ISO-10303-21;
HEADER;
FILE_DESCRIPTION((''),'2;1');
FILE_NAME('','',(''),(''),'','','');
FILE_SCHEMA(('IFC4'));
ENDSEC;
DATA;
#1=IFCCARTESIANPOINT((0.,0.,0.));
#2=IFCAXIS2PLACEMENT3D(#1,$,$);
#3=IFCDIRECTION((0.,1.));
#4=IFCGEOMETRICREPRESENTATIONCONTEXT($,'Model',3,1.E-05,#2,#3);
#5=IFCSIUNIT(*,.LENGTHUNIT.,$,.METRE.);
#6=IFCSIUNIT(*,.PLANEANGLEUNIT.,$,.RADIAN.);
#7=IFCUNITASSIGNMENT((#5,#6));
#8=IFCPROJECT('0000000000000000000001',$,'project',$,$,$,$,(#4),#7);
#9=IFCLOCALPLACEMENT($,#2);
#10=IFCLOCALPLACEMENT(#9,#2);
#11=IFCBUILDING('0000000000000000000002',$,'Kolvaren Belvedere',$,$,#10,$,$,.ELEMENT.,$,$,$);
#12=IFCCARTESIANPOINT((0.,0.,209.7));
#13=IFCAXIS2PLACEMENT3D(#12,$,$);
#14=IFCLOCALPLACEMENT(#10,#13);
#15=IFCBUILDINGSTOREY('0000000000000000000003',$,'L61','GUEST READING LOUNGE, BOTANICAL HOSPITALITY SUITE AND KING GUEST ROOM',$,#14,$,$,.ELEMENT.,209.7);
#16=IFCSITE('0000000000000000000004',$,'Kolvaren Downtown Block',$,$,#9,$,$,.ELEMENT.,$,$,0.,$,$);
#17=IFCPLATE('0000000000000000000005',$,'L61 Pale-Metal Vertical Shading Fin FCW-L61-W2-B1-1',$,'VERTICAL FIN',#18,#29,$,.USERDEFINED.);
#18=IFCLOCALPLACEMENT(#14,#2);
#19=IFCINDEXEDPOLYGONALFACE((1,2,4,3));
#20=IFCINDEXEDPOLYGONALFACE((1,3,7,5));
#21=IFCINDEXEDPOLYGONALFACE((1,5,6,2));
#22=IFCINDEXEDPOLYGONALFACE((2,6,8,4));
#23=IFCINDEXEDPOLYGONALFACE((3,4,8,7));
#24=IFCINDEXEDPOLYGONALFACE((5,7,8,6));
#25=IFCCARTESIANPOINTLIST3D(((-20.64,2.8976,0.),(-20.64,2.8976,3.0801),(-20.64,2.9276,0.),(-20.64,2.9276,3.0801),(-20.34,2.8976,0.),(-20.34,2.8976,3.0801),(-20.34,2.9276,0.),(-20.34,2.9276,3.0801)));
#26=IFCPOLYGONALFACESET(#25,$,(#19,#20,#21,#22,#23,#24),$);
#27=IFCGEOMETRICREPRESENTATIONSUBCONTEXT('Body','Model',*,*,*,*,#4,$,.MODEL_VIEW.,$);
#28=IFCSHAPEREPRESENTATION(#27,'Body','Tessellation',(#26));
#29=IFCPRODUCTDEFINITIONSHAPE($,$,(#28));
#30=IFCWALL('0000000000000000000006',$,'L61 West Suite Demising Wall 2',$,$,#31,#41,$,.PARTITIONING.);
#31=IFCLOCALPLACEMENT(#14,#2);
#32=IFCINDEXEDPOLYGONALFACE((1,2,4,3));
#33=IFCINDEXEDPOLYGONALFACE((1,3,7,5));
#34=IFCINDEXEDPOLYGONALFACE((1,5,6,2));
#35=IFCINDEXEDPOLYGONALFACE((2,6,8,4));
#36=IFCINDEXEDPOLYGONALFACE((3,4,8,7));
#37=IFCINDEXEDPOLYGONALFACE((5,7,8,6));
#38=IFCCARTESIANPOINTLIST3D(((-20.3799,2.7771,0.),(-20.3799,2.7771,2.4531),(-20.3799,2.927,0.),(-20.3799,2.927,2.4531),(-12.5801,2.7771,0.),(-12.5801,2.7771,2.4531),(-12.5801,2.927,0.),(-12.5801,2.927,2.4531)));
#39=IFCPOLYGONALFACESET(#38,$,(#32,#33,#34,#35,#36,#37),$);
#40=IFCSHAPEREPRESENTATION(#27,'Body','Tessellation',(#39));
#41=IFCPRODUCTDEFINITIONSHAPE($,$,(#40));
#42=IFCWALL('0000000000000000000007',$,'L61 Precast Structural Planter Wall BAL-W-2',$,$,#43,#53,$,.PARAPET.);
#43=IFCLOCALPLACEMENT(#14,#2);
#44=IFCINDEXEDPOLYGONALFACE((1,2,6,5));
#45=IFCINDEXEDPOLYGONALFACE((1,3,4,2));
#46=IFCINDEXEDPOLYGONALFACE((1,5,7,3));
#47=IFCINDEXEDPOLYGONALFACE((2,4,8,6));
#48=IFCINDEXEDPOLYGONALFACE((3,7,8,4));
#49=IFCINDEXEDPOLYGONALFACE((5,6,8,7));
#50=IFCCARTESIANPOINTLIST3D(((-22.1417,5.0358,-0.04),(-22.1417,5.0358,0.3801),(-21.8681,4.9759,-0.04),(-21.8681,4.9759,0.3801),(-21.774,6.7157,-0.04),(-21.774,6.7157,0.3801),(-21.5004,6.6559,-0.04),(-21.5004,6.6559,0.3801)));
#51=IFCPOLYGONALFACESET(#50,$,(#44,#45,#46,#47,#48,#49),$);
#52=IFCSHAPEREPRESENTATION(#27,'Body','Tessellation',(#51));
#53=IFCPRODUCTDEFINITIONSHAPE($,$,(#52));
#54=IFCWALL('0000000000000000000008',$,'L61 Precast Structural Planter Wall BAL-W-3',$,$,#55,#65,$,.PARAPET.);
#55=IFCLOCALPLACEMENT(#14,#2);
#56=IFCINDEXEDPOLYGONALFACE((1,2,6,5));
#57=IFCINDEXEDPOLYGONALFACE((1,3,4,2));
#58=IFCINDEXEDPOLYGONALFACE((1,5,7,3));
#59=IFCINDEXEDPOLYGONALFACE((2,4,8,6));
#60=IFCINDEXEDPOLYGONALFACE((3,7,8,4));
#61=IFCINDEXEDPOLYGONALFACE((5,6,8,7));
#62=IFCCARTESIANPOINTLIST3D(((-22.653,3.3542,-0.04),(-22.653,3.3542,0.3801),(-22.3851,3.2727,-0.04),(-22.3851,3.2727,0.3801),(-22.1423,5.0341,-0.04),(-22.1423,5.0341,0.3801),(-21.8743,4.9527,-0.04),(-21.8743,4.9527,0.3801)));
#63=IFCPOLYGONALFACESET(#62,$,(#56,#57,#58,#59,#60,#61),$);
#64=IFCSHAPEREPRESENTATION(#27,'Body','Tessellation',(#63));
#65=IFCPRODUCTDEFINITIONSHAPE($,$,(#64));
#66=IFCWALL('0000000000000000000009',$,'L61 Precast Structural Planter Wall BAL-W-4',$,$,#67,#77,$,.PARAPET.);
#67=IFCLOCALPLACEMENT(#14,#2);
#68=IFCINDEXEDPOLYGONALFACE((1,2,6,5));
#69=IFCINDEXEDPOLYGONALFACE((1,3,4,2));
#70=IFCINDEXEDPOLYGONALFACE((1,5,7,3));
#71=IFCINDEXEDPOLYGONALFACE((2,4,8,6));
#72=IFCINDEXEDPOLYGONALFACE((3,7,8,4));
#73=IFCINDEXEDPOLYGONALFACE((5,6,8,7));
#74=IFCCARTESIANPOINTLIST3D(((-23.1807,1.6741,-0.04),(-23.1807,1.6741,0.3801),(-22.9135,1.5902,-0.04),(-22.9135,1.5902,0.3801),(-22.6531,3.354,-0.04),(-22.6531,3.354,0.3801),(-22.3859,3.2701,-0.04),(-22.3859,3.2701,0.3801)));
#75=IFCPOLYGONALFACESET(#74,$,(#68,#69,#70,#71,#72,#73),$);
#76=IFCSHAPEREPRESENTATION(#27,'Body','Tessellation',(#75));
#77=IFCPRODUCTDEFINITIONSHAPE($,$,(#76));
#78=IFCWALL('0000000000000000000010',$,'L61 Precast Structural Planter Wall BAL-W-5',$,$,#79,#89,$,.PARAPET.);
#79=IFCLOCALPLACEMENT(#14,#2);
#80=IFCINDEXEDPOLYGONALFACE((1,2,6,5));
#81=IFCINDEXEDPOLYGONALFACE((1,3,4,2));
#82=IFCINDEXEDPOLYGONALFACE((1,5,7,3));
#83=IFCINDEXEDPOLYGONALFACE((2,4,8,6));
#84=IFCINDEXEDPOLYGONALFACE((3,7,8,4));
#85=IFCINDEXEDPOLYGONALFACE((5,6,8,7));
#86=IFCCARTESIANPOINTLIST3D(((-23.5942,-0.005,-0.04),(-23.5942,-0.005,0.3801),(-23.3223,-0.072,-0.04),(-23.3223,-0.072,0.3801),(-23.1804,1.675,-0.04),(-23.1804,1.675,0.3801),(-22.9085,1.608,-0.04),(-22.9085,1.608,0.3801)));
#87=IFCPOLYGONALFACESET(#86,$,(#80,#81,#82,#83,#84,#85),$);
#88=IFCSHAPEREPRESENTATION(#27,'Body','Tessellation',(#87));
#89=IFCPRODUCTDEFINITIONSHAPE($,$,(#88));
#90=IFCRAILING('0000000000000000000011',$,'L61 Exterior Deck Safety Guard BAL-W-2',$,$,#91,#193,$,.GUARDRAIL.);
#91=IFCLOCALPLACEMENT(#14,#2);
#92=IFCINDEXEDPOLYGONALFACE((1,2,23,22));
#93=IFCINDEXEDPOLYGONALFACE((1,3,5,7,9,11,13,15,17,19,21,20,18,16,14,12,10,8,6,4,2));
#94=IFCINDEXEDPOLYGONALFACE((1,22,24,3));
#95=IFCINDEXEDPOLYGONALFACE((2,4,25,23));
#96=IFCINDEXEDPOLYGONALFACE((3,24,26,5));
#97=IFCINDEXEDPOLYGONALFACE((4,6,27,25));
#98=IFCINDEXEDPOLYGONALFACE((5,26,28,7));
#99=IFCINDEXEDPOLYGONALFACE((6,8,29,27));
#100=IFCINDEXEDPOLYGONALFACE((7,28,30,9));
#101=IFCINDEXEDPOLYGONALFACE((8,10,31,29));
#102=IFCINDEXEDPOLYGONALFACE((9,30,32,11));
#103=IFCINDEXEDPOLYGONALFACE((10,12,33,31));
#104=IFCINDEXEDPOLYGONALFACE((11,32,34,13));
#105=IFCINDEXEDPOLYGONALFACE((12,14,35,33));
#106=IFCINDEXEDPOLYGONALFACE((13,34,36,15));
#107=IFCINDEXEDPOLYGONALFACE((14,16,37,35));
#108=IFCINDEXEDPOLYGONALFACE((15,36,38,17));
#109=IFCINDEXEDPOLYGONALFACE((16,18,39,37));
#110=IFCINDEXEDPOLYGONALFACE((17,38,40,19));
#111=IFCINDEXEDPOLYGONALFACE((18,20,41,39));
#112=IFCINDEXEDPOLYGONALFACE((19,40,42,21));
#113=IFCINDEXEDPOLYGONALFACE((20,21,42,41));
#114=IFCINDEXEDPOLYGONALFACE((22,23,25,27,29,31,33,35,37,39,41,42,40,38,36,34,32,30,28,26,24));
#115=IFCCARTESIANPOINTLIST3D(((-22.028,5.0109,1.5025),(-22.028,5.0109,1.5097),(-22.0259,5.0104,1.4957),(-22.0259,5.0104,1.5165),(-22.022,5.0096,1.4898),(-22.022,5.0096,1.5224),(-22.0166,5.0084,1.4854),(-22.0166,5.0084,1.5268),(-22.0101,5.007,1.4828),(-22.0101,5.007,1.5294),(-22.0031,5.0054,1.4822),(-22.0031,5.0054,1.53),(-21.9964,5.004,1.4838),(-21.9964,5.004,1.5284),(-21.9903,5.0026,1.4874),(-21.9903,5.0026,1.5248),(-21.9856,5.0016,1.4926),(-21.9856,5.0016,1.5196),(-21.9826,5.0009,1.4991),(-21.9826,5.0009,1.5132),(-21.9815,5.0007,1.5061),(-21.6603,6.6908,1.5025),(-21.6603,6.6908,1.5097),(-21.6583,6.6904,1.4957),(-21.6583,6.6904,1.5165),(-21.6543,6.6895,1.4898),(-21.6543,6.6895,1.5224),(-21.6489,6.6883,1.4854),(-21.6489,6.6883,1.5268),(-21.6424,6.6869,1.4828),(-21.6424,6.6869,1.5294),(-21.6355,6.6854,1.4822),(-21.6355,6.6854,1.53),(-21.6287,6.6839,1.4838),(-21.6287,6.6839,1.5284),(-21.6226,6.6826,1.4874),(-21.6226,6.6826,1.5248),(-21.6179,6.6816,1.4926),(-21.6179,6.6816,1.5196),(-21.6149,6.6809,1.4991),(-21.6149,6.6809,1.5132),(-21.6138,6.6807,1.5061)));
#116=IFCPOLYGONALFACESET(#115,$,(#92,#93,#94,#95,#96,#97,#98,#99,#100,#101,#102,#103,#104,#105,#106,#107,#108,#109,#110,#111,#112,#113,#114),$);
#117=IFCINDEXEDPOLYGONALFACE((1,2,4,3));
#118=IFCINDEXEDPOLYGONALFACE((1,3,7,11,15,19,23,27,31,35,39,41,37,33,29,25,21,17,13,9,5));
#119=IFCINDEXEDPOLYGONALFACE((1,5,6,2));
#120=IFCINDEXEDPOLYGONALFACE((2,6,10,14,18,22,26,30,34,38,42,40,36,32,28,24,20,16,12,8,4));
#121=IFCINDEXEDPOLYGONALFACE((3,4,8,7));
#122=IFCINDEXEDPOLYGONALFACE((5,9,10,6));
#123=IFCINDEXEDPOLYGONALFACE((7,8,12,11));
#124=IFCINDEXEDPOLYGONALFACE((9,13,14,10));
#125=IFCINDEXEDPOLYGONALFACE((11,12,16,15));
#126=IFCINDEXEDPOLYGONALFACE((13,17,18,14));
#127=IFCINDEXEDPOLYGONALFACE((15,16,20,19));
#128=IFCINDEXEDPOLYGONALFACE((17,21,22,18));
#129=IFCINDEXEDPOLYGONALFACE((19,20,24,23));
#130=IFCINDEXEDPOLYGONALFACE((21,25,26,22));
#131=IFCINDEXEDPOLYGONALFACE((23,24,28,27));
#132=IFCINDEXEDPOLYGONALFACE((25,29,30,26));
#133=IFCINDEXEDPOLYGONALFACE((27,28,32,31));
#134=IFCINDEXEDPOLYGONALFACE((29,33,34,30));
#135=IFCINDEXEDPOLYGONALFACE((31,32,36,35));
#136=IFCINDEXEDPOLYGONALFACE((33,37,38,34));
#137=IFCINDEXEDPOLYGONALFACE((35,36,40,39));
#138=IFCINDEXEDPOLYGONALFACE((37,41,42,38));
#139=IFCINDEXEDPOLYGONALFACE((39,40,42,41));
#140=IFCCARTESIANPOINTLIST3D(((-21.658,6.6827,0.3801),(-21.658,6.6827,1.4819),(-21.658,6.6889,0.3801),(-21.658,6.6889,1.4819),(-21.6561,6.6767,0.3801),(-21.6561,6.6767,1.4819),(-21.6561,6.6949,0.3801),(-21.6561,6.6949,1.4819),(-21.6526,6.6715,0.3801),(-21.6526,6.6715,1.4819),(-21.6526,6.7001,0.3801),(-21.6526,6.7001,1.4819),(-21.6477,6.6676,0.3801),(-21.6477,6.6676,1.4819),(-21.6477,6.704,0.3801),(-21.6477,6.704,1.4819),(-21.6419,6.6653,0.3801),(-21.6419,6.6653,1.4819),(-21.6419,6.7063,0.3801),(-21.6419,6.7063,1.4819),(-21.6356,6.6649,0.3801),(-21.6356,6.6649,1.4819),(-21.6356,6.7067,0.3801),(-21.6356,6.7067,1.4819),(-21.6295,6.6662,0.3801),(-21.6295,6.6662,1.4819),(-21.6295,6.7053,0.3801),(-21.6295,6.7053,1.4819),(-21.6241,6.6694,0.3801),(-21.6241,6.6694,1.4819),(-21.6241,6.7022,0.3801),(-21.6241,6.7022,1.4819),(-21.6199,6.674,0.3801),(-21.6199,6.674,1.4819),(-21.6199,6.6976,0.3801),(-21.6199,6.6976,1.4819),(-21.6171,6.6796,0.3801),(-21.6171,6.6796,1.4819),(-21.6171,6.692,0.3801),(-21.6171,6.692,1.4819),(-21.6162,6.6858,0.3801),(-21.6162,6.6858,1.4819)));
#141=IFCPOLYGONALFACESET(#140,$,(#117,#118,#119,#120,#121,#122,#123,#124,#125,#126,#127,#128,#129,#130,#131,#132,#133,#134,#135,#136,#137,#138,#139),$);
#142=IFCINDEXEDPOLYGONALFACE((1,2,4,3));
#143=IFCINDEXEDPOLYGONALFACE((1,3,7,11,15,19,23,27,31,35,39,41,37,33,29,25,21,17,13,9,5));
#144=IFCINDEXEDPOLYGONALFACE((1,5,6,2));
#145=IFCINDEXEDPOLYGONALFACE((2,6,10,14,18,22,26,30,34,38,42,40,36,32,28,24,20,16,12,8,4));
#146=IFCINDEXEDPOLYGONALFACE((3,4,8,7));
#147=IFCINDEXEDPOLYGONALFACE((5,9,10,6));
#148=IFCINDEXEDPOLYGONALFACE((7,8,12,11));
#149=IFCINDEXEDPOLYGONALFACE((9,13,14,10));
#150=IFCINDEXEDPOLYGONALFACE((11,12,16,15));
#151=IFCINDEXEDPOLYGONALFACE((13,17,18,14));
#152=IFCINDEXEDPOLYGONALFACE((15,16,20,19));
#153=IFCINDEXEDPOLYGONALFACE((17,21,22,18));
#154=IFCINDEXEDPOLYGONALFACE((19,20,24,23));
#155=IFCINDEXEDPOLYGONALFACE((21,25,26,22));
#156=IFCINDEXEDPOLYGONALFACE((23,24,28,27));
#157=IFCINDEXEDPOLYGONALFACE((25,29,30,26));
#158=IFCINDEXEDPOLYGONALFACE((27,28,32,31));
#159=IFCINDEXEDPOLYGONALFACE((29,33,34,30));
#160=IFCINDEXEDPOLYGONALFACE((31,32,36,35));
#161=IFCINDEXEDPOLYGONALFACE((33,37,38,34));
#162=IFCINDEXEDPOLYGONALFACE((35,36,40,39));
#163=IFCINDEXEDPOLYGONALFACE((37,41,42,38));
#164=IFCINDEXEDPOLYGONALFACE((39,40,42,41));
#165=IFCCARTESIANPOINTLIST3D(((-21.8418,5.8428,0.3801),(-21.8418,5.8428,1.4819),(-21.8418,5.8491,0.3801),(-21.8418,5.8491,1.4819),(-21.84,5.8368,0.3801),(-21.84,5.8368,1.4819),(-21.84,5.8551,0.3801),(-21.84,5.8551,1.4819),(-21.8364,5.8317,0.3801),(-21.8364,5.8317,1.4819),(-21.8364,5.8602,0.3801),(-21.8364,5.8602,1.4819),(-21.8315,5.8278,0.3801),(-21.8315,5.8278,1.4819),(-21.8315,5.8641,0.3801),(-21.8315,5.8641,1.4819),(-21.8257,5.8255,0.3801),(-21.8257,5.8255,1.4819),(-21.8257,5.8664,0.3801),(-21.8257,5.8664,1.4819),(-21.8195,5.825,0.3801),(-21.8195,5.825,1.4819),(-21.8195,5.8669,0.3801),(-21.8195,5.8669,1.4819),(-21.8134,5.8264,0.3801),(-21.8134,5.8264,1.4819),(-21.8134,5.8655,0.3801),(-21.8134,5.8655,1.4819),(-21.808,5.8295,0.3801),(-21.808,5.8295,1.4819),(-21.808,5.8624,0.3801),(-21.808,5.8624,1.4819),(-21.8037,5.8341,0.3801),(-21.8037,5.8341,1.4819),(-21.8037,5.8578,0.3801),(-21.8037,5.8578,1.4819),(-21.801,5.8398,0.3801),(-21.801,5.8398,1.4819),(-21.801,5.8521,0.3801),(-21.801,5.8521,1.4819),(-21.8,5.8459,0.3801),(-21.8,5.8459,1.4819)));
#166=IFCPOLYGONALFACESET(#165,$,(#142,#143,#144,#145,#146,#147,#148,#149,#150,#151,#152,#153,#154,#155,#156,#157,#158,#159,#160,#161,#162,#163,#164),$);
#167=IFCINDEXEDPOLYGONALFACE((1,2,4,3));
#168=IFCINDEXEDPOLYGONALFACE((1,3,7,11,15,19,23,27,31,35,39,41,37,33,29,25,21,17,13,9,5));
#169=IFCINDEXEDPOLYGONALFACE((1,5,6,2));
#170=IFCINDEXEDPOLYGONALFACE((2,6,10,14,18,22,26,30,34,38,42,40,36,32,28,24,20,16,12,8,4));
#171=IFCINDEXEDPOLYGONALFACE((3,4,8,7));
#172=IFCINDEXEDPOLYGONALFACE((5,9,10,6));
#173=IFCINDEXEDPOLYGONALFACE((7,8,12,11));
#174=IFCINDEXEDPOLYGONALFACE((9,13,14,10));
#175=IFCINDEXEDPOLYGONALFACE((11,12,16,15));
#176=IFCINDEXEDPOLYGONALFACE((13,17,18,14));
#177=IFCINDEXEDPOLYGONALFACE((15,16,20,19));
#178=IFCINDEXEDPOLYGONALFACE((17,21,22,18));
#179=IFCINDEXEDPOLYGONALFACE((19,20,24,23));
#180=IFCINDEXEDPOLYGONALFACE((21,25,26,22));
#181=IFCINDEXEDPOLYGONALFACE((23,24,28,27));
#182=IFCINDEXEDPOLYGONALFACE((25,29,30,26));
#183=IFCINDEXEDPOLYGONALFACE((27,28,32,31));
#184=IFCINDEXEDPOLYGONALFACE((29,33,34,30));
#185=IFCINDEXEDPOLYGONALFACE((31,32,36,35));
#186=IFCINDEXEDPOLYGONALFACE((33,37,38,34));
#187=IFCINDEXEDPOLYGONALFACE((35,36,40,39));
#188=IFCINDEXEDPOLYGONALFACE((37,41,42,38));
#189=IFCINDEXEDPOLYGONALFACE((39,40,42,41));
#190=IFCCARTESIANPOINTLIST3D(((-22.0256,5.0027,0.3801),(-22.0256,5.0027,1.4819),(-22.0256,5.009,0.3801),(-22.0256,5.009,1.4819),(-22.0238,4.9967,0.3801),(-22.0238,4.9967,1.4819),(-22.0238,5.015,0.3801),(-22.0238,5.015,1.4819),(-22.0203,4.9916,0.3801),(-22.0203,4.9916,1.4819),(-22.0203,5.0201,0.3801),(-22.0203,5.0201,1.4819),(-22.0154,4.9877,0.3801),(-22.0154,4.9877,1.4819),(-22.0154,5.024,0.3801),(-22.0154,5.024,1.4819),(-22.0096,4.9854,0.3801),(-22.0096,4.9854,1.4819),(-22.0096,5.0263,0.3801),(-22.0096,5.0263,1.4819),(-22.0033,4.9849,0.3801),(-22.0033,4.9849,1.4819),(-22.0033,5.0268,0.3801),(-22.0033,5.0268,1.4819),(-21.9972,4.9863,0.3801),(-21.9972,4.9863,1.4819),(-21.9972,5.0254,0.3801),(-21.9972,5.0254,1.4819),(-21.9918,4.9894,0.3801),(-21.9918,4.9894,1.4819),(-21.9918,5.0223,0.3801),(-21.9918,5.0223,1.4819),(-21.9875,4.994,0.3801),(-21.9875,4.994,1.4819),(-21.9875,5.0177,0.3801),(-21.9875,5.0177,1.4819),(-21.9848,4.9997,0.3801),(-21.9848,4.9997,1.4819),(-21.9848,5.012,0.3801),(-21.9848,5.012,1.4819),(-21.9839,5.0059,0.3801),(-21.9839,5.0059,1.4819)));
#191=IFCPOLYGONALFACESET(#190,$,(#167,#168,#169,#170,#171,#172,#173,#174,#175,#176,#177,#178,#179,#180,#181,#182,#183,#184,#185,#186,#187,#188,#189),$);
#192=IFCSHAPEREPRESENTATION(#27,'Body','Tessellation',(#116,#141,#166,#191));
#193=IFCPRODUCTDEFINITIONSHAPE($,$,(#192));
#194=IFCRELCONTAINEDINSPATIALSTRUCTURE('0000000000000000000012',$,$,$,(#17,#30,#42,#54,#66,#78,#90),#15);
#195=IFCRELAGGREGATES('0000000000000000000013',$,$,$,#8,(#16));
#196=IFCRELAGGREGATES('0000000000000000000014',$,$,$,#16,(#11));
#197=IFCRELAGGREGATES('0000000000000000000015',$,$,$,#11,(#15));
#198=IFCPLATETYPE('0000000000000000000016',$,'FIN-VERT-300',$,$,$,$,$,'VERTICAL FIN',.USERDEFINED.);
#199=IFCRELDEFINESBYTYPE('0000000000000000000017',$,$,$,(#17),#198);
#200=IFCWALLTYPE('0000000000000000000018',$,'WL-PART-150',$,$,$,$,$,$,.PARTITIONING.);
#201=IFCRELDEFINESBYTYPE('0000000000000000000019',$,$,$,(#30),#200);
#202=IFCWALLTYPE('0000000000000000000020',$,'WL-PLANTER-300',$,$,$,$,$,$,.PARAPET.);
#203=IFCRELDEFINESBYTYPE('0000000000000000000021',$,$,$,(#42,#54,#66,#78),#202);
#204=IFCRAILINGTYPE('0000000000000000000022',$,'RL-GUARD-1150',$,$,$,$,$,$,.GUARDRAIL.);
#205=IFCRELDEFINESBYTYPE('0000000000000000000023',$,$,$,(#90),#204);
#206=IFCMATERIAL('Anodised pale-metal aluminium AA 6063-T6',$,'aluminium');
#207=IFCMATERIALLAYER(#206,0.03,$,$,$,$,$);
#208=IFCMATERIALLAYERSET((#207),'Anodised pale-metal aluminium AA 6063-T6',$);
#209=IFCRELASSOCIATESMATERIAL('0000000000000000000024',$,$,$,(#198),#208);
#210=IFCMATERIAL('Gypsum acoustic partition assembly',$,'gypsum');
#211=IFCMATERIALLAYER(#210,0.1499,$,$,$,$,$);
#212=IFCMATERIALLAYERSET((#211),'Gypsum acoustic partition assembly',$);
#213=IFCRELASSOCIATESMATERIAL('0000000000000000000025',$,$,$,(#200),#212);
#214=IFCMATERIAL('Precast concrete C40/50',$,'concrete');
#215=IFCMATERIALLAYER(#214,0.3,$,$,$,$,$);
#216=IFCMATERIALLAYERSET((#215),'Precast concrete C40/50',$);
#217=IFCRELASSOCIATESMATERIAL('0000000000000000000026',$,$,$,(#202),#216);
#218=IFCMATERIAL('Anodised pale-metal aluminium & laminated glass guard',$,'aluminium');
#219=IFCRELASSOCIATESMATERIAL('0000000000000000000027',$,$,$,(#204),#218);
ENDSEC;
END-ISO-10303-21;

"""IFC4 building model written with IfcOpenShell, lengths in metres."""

from ifc_helpers import new_model, si_unit, direction, frame, frame_2d, origin, origin_2d, place, context, subcontext, project, spatial, rectangle, circle, extrude, material, layer, layer_set, type_object, element, save


model = new_model("IFC4")

# Units and contexts
model_context = context("Model", 3, precision=1e-05, world=origin(), true_north=direction((0.0, 1.0)))
body_context = subcontext(model_context, "Body", "Model", "MODEL_VIEW")
ifc_project = project(units=[si_unit("LENGTHUNIT", "METRE"), si_unit("PLANEANGLEUNIT", "RADIAN")], contexts=[model_context])

# Site, building, storey
site_placement = place(None, origin())
site = spatial("IfcSite", under=ifc_project, at=site_placement, Name="Kolvaren Downtown Block", CompositionType="ELEMENT", RefElevation=0.0)
building_placement = place(site_placement, origin())
building = spatial("IfcBuilding", under=site, at=building_placement, Name="Kolvaren Belvedere", CompositionType="ELEMENT")
storey_placement = place(building_placement, frame((0.0, 0.0, 209.7)))
storey = spatial("IfcBuildingStorey", under=building, at=storey_placement, Name="L61", Description="GUEST READING LOUNGE, BOTANICAL HOSPITALITY SUITE AND KING GUEST ROOM", CompositionType="ELEMENT", Elevation=209.7)

# Plate
ifc_material_1 = material(Name="Anodised pale-metal aluminium AA 6063-T6", Category="aluminium")
ifc_layer_1 = layer(ifc_material_1, 0.03)
ifc_layer_set_1 = layer_set([ifc_layer_1], Name="Anodised pale-metal aluminium AA 6063-T6")
plate_type_1 = type_object("IfcPlateType", Name="FIN-VERT-300", ElementType="VERTICAL FIN", PredefinedType="USERDEFINED", material=ifc_layer_set_1)
plate_1_placement = place(storey_placement, frame((-20.49, 2.9126, 0.0), z_axis=(0.0, 0.0, 1.0), x_axis=(1.0, 0.0, 0.0)))
element("IfcPlate", 1, at=plate_1_placement, inside=storey, type_object=plate_type_1, Name="L61 Pale-Metal Vertical Shading Fin FCW-L61-W2-B1-1", ObjectType="VERTICAL FIN", PredefinedType="USERDEFINED", context=body_context, shape_type="SweptSolid", body=[
    extrude(rectangle(XDim=0.3, YDim=0.03, at=origin_2d()), origin(), (0.0, 0.0, 1.0), 3.0801),
])

# Walls
ifc_material_2 = material(Name="Gypsum acoustic partition assembly", Category="gypsum")
ifc_layer_2 = layer(ifc_material_2, 0.1499)
ifc_layer_set_2 = layer_set([ifc_layer_2], Name="Gypsum acoustic partition assembly")
wall_type_1 = type_object("IfcWallType", Name="WL-PART-150", PredefinedType="PARTITIONING", material=ifc_layer_set_2)
wall_1_placement = place(storey_placement, frame((-20.3799, 2.8521, 0.0), z_axis=(0.0, 0.0, 1.0), x_axis=(1.0, 0.0, 0.0)))
element("IfcWall", 2, at=wall_1_placement, inside=storey, type_object=wall_type_1, Name="L61 West Suite Demising Wall 2", PredefinedType="PARTITIONING", context=body_context, shape_type="SweptSolid", body=[
    extrude(rectangle(XDim=7.7998, YDim=0.1499, at=frame_2d((3.8999, 0.0))), origin(), (0.0, 0.0, 1.0), 2.4531),
])
ifc_material_3 = material(Name="Precast concrete C40/50", Category="concrete")
ifc_layer_3 = layer(ifc_material_3, 0.3)
ifc_layer_set_3 = layer_set([ifc_layer_3], Name="Precast concrete C40/50")
wall_type_2 = type_object("IfcWallType", Name="WL-PLANTER-300", PredefinedType="PARAPET", material=ifc_layer_set_3)
wall_2_placement = place(storey_placement, frame((-21.6372, 6.6858, -0.04), z_axis=(0.0, 0.0, 1.0), x_axis=(-0.213803, -0.976877, 0.0)))
element("IfcWall", 3, at=wall_2_placement, inside=storey, type_object=wall_type_2, Name="L61 Precast Structural Planter Wall BAL-W-2", PredefinedType="PARAPET", context=body_context, shape_type="SweptSolid", body=[
    extrude(rectangle(XDim=1.7197, YDim=0.28, at=frame_2d((0.8599, 0.0))), origin(), (0.0, 0.0, 1.0), 0.4202),
])
wall_3_placement = place(storey_placement, frame((-22.0083, 4.9934, -0.04), z_axis=(0.0, 0.0, 1.0), x_axis=(-0.290879, -0.95676, 0.0)))
element("IfcWall", 4, at=wall_3_placement, inside=storey, type_object=wall_type_2, Name="L61 Precast Structural Planter Wall BAL-W-3", PredefinedType="PARAPET", context=body_context, shape_type="SweptSolid", body=[
    extrude(rectangle(XDim=1.7559, YDim=0.28, at=frame_2d((0.8779, 0.0))), origin(), (0.0, 0.0, 1.0), 0.4202),
])
wall_4_placement = place(storey_placement, frame((-22.5195, 3.312, -0.04), z_axis=(0.0, 0.0, 1.0), x_axis=(-0.299625, -0.954057, 0.0)))
element("IfcWall", 5, at=wall_4_placement, inside=storey, type_object=wall_type_2, Name="L61 Precast Structural Planter Wall BAL-W-4", PredefinedType="PARAPET", context=body_context, shape_type="SweptSolid", body=[
    extrude(rectangle(XDim=1.7607, YDim=0.28, at=frame_2d((0.8804, 0.0))), origin(), (0.0, 0.0, 1.0), 0.4202),
])
wall_5_placement = place(storey_placement, frame((-23.0444, 1.6416, -0.04), z_axis=(0.0, 0.0, 1.0), x_axis=(-0.239181, -0.970975, 0.0)))
element("IfcWall", 6, at=wall_5_placement, inside=storey, type_object=wall_type_2, Name="L61 Precast Structural Planter Wall BAL-W-5", PredefinedType="PARAPET", context=body_context, shape_type="SweptSolid", body=[
    extrude(rectangle(XDim=1.7302, YDim=0.28, at=frame_2d((0.8652, 0.0))), origin(), (0.0, 0.0, 1.0), 0.4202),
])

# Railing
ifc_material_4 = material(Name="Anodised pale-metal aluminium & laminated glass guard", Category="aluminium")
railing_type = type_object("IfcRailingType", Name="RL-GUARD-1150", PredefinedType="GUARDRAIL", material=ifc_material_4)
railing_1_placement = place(storey_placement, frame((-21.6372, 6.6858, 0.3801)))
element("IfcRailing", 7, at=railing_1_placement, inside=storey, type_object=railing_type, Name="L61 Exterior Deck Safety Guard BAL-W-2", PredefinedType="GUARDRAIL", context=body_context, shape_type="SweptSolid", body=[
    extrude(circle(Radius=0.0239, at=origin_2d()), frame((0.0, 0.0, 1.126), z_axis=(-0.213803, -0.976877, 0.0), x_axis=(0.976877, -0.213803, 0.0)), (0.0, 0.0, 1.0), 1.7197),
    extrude(circle(Radius=0.021, at=origin_2d()), origin(), (0.0, 0.0, 1.0), 1.1018),
    extrude(circle(Radius=0.021, at=origin_2d()), frame((-0.1838, -0.8398, 0.0)), (0.0, 0.0, 1.0), 1.1018),
    extrude(circle(Radius=0.021, at=origin_2d()), frame((-0.3677, -1.6799, 0.0)), (0.0, 0.0, 1.0), 1.1018),
])

save(model, "model.ifc")
